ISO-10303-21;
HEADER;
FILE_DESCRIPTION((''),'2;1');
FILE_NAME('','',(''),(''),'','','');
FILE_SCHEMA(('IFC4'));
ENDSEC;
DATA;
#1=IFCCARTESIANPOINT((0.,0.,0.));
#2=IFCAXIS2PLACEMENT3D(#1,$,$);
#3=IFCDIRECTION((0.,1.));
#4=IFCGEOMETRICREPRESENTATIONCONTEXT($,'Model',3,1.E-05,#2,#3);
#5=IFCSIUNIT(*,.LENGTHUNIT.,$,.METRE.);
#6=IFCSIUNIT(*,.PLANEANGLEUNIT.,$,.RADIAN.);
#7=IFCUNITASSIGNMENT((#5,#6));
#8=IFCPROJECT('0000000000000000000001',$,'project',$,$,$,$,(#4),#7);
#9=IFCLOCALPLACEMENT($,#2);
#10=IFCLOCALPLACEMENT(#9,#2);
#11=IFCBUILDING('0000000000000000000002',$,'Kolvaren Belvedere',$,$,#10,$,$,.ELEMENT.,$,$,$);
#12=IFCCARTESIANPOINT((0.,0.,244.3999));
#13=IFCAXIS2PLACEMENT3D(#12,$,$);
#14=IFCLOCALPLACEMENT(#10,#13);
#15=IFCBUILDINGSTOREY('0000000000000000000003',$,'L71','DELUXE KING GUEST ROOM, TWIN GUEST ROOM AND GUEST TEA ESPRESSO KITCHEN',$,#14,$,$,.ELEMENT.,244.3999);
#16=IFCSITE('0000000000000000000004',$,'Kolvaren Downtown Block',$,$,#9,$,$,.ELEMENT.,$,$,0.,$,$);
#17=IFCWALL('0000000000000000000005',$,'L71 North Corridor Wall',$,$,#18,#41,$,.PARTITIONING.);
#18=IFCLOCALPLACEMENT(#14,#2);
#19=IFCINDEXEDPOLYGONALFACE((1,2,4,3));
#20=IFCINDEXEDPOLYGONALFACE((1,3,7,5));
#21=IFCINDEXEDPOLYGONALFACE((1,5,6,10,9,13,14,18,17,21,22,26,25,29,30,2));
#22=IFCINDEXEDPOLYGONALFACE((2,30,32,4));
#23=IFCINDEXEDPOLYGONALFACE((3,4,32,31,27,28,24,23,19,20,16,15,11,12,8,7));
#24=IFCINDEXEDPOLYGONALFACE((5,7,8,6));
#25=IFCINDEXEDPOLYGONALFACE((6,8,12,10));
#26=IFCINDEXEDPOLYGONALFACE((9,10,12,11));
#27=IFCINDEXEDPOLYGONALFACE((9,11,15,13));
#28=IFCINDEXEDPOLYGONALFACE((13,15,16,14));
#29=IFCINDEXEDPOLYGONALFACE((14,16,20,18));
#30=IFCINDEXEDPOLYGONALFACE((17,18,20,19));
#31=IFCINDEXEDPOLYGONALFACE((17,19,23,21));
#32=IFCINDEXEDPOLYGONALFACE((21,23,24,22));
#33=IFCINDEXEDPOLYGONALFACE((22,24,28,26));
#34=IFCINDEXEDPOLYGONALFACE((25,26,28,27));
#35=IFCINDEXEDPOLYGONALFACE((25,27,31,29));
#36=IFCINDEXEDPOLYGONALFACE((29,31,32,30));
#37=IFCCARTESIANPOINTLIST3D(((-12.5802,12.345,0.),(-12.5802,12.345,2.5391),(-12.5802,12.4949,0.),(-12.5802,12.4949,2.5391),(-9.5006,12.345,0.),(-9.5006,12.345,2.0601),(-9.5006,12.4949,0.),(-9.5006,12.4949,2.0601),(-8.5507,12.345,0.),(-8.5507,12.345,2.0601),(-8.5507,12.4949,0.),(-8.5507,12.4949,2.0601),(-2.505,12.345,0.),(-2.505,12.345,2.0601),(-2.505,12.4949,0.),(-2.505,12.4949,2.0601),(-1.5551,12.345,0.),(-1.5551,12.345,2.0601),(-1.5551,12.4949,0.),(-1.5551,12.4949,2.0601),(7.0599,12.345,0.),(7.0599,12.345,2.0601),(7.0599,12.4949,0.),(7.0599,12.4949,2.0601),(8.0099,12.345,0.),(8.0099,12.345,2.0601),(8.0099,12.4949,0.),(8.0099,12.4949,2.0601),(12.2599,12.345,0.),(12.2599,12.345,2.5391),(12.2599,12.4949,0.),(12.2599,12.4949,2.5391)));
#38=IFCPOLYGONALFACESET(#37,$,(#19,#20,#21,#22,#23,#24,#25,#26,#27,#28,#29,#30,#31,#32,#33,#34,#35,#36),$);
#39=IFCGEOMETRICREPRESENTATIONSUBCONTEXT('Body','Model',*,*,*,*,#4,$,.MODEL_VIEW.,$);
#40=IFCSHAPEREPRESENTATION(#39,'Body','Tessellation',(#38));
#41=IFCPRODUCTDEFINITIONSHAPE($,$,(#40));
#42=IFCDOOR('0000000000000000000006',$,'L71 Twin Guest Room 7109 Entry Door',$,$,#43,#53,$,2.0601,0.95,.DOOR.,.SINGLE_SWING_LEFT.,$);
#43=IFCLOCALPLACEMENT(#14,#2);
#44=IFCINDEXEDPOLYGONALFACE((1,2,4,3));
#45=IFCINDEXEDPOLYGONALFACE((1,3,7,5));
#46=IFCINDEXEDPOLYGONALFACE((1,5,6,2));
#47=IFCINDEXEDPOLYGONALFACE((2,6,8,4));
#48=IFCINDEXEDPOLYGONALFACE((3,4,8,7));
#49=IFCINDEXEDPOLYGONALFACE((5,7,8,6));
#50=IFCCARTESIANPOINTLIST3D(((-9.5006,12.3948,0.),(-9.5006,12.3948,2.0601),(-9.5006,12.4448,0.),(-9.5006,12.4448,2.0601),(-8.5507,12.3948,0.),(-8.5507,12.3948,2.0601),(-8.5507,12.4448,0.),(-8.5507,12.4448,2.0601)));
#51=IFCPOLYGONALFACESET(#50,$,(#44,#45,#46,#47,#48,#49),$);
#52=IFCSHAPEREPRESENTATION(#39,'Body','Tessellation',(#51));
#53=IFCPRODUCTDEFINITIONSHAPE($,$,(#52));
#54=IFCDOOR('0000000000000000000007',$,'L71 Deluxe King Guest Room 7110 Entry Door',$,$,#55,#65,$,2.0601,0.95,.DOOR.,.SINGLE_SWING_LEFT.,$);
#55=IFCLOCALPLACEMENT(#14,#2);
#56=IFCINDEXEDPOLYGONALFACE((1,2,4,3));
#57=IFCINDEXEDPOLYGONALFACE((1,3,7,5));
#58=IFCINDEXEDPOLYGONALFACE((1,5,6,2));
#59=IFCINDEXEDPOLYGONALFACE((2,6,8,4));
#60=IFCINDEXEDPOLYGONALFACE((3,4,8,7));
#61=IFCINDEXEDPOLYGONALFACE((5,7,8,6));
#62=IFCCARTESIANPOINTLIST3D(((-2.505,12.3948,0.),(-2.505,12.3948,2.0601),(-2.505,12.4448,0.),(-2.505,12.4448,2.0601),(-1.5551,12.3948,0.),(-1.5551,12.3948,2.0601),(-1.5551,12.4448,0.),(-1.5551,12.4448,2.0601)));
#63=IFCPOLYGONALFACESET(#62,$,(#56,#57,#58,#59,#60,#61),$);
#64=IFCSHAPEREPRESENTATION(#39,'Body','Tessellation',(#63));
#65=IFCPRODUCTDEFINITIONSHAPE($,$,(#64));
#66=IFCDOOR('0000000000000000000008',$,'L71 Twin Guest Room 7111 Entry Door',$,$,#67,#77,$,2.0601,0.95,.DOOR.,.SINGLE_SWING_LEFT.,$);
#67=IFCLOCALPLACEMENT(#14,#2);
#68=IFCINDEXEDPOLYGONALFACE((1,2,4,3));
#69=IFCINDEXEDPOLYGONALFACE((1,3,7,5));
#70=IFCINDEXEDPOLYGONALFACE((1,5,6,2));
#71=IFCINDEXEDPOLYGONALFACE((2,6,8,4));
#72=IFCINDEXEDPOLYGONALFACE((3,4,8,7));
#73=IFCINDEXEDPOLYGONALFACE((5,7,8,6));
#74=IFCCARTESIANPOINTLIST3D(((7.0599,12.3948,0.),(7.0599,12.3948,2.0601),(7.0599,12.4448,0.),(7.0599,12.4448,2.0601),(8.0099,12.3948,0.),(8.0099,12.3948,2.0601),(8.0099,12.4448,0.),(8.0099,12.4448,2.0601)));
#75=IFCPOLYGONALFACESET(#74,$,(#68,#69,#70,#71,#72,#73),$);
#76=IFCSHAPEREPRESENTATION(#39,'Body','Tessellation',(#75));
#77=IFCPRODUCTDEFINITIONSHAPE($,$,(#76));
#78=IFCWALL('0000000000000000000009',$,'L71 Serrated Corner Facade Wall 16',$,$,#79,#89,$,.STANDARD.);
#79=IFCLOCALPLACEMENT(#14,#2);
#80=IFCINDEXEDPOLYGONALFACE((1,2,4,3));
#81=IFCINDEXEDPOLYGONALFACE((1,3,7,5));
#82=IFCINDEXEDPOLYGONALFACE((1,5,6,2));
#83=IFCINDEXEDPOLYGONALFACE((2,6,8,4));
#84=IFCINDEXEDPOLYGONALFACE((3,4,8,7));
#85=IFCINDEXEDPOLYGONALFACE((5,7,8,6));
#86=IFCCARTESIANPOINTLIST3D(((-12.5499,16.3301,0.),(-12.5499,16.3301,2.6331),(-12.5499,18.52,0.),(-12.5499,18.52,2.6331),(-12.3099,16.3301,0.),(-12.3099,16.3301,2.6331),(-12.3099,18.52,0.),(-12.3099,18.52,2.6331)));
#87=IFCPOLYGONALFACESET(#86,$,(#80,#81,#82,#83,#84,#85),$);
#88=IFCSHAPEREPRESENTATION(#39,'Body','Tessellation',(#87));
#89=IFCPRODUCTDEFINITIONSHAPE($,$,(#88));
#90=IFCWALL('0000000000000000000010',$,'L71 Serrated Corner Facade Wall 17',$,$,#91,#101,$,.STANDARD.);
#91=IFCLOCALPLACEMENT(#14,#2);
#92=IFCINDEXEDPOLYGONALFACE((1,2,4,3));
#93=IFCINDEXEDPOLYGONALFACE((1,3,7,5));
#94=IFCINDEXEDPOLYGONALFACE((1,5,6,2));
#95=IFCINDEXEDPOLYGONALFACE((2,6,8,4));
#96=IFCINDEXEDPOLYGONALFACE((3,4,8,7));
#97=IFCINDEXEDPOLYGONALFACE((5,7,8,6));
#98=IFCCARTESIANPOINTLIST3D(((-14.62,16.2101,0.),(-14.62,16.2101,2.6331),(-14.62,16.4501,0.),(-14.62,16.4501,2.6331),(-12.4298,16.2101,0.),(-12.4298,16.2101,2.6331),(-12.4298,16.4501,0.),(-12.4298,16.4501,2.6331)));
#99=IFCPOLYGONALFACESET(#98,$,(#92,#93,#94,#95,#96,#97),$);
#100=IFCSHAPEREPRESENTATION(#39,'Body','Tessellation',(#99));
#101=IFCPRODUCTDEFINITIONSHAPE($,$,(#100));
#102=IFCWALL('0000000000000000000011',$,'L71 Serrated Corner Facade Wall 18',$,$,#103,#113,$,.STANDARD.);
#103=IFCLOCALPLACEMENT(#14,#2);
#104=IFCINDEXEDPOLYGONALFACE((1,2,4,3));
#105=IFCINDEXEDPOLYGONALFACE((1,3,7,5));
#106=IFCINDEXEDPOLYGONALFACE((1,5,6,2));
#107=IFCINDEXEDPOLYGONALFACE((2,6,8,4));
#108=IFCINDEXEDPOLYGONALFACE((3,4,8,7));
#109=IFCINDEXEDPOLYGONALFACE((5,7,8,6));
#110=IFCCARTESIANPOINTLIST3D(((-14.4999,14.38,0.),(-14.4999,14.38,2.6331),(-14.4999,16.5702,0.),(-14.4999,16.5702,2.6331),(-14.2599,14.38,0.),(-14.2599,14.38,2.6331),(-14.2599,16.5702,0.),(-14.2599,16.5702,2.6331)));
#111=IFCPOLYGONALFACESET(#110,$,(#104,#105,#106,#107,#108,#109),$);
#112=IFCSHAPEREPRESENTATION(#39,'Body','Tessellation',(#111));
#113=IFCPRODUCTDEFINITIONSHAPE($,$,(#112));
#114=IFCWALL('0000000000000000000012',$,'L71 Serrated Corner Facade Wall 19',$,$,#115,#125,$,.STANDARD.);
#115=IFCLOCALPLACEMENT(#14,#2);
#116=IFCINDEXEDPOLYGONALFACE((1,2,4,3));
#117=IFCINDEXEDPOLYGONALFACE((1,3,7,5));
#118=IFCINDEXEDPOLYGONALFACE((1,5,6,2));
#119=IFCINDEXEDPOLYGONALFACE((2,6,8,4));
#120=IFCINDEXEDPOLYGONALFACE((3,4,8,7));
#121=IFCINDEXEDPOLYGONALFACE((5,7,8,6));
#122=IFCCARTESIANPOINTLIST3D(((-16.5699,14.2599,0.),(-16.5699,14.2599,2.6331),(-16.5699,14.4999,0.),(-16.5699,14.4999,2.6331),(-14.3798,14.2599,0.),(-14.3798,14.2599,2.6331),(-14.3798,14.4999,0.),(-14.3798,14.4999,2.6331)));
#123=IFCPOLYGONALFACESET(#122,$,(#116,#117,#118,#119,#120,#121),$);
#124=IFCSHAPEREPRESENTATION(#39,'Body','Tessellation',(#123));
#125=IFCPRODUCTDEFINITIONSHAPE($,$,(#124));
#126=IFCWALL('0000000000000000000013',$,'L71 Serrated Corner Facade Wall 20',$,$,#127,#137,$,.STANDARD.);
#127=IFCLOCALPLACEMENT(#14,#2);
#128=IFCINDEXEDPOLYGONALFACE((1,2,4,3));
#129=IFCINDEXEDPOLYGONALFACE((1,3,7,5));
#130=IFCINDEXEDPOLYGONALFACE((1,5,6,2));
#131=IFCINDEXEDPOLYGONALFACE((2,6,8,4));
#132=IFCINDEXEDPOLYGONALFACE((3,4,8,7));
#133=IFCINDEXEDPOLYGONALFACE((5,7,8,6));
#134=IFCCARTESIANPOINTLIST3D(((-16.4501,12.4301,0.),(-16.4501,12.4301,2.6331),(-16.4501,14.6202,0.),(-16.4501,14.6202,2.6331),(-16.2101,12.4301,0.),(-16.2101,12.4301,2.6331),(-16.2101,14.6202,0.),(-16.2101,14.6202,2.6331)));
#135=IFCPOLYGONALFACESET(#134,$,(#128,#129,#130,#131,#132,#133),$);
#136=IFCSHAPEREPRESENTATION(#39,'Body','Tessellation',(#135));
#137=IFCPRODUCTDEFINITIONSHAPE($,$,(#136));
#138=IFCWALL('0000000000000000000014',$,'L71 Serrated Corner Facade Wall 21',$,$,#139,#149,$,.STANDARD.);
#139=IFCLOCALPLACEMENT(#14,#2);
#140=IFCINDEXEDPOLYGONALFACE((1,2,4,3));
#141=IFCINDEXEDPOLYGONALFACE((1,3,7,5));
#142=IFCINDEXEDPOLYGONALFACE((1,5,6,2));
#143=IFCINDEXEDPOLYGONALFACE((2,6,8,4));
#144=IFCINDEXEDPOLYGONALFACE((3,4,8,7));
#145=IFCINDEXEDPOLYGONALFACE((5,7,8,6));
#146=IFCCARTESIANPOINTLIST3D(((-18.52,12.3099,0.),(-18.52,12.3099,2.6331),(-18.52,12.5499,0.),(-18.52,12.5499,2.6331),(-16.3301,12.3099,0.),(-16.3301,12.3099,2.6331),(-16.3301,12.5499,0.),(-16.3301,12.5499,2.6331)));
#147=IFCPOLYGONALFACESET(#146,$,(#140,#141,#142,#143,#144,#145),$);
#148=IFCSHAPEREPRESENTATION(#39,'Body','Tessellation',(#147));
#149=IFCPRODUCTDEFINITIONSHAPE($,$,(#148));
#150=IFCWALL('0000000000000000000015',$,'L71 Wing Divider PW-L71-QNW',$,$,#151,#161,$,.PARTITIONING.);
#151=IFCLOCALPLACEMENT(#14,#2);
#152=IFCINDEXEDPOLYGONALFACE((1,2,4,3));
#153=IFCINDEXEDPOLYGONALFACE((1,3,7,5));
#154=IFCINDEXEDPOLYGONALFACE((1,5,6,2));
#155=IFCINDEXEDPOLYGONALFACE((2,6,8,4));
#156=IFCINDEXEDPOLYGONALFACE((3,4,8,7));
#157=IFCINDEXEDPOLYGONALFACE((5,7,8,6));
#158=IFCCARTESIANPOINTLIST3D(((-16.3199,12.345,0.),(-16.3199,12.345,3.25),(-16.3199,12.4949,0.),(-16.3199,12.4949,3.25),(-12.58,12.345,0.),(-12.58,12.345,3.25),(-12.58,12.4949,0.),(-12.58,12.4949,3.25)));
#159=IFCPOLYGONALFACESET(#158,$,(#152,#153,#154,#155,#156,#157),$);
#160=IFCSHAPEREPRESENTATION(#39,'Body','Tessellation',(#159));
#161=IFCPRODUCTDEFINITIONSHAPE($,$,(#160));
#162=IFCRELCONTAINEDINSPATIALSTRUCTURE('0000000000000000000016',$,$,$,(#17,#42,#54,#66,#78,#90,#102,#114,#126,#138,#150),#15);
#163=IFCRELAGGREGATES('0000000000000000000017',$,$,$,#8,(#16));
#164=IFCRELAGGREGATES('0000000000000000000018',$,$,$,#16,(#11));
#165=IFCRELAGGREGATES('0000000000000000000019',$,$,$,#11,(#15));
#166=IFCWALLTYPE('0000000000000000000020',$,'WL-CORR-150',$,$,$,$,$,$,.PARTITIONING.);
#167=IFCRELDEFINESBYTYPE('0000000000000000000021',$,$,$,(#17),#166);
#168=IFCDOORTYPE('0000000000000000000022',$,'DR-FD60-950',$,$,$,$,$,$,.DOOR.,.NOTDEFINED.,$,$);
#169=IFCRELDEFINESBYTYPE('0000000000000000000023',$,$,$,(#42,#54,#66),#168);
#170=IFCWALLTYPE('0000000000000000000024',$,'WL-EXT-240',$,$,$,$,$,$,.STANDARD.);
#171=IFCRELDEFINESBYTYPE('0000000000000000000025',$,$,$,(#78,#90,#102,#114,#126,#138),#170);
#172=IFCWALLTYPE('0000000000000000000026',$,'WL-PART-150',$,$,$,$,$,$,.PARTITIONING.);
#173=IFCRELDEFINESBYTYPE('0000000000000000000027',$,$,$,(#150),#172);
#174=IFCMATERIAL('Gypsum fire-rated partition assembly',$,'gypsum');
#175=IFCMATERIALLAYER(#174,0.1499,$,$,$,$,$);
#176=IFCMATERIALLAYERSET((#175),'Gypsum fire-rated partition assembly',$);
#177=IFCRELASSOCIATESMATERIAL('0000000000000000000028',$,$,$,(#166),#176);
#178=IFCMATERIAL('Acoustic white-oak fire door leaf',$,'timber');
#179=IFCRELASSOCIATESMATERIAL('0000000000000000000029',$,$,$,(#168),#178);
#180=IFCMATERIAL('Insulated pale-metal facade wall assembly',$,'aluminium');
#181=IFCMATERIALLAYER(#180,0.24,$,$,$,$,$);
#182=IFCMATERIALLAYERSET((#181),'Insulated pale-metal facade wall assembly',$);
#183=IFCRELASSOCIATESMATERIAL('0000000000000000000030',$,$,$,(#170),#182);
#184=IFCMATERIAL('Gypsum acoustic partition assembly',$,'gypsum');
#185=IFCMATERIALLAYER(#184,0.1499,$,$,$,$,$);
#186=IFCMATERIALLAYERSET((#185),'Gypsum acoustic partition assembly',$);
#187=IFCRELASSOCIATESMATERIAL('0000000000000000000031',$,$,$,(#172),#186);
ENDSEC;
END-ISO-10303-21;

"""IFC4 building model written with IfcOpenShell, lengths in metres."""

from ifc_helpers import new_model, si_unit, direction, frame, frame_2d, origin, place, context, subcontext, project, spatial, rectangle, extrude, material, layer, layer_set, type_object, element, fill, save


model = new_model("IFC4")

# Units and contexts
model_context = context("Model", 3, precision=1e-05, world=origin(), true_north=direction((0.0, 1.0)))
body_context = subcontext(model_context, "Body", "Model", "MODEL_VIEW")
ifc_project = project(units=[si_unit("LENGTHUNIT", "METRE"), si_unit("PLANEANGLEUNIT", "RADIAN")], contexts=[model_context])

# Site, building, storey
site_placement = place(None, origin())
site = spatial("IfcSite", under=ifc_project, at=site_placement, Name="Kolvaren Downtown Block", CompositionType="ELEMENT", RefElevation=0.0)
building_placement = place(site_placement, origin())
building = spatial("IfcBuilding", under=site, at=building_placement, Name="Kolvaren Belvedere", CompositionType="ELEMENT")
storey_placement = place(building_placement, frame((0.0, 0.0, 244.3999)))
storey = spatial("IfcBuildingStorey", under=building, at=storey_placement, Name="L71", Description="DELUXE KING GUEST ROOM, TWIN GUEST ROOM AND GUEST TEA ESPRESSO KITCHEN", CompositionType="ELEMENT", Elevation=244.3999)

# Wall, openings, doors
ifc_material_1 = material(Name="Gypsum fire-rated partition assembly", Category="gypsum")
ifc_layer_1 = layer(ifc_material_1, 0.1499)
ifc_layer_set_1 = layer_set([ifc_layer_1], Name="Gypsum fire-rated partition assembly")
wall_type_1 = type_object("IfcWallType", Name="WL-CORR-150", PredefinedType="PARTITIONING", material=ifc_layer_set_1)
wall_1_placement = place(storey_placement, frame((-12.5801, 12.4199, 0.0), z_axis=(0.0, 0.0, 1.0), x_axis=(1.0, 0.0, 0.0)))
wall_1 = element("IfcWall", 1, at=wall_1_placement, inside=storey, type_object=wall_type_1, Name="L71 North Corridor Wall", PredefinedType="PARTITIONING", context=body_context, shape_type="SweptSolid", body=[
    extrude(rectangle(XDim=24.8401, YDim=0.1499, at=frame_2d((12.4199, 0.0))), origin(), (0.0, 0.0, 1.0), 2.5391),
])
opening_1_placement = place(wall_1_placement, frame((3.0793, 0.0, 0.0)))
opening_1 = element("IfcOpeningElement", 2, at=opening_1_placement, cuts=wall_1, PredefinedType="OPENING", context=body_context, shape_type="SweptSolid", body=[
    extrude(rectangle(XDim=0.95, YDim=2.0601, at=frame_2d((0.4751, 1.03))), frame((0.0, 0.085, 0.0), z_axis=(0.0, -1.0, 0.0), x_axis=(1.0, 0.0, 0.0)), (0.0, 0.0, 1.0), 0.1699),
])
opening_2_placement = place(wall_1_placement, frame((10.075, 0.0, 0.0)))
opening_2 = element("IfcOpeningElement", 3, at=opening_2_placement, cuts=wall_1, PredefinedType="OPENING", context=body_context, shape_type="SweptSolid", body=[
    extrude(rectangle(XDim=0.95, YDim=2.0601, at=frame_2d((0.4751, 1.03))), frame((0.0, 0.085, 0.0), z_axis=(0.0, -1.0, 0.0), x_axis=(1.0, 0.0, 0.0)), (0.0, 0.0, 1.0), 0.1699),
])
opening_3_placement = place(wall_1_placement, frame((19.6399, 0.0, 0.0)))
opening_3 = element("IfcOpeningElement", 4, at=opening_3_placement, cuts=wall_1, PredefinedType="OPENING", context=body_context, shape_type="SweptSolid", body=[
    extrude(rectangle(XDim=0.95, YDim=2.0601, at=frame_2d((0.4751, 1.03))), frame((0.0, 0.085, 0.0), z_axis=(0.0, -1.0, 0.0), x_axis=(1.0, 0.0, 0.0)), (0.0, 0.0, 1.0), 0.1699),
])
ifc_material_2 = material(Name="Acoustic white-oak fire door leaf", Category="timber")
door_type_1 = type_object("IfcDoorType", Name="DR-FD60-950", OperationType="NOTDEFINED", PredefinedType="DOOR", material=ifc_material_2)
door_1_placement = place(opening_1_placement, origin())
door_1 = element("IfcDoor", 5, at=door_1_placement, inside=storey, type_object=door_type_1, Name="L71 Twin Guest Room 7109 Entry Door", OperationType="SINGLE_SWING_LEFT", OverallHeight=2.0601, OverallWidth=0.95, PredefinedType="DOOR", context=body_context, shape_type="SweptSolid", body=[
    extrude(rectangle(XDim=0.95, YDim=2.0601, at=frame_2d((0.4751, 1.03))), frame((0.0, 0.0249, 0.0), z_axis=(0.0, -1.0, 0.0), x_axis=(1.0, 0.0, 0.0)), (0.0, 0.0, 1.0), 0.05),
])
fill(opening_1, door_1)
door_2_placement = place(opening_2_placement, origin())
door_2 = element("IfcDoor", 6, at=door_2_placement, inside=storey, type_object=door_type_1, Name="L71 Deluxe King Guest Room 7110 Entry Door", OperationType="SINGLE_SWING_LEFT", OverallHeight=2.0601, OverallWidth=0.95, PredefinedType="DOOR", context=body_context, shape_type="SweptSolid", body=[
    extrude(rectangle(XDim=0.95, YDim=2.0601, at=frame_2d((0.4751, 1.03))), frame((0.0, 0.0249, 0.0), z_axis=(0.0, -1.0, 0.0), x_axis=(1.0, 0.0, 0.0)), (0.0, 0.0, 1.0), 0.05),
])
fill(opening_2, door_2)
door_3_placement = place(opening_3_placement, origin())
door_3 = element("IfcDoor", 7, at=door_3_placement, inside=storey, type_object=door_type_1, Name="L71 Twin Guest Room 7111 Entry Door", OperationType="SINGLE_SWING_LEFT", OverallHeight=2.0601, OverallWidth=0.95, PredefinedType="DOOR", context=body_context, shape_type="SweptSolid", body=[
    extrude(rectangle(XDim=0.95, YDim=2.0601, at=frame_2d((0.4751, 1.03))), frame((0.0, 0.0249, 0.0), z_axis=(0.0, -1.0, 0.0), x_axis=(1.0, 0.0, 0.0)), (0.0, 0.0, 1.0), 0.05),
])
fill(opening_3, door_3)

# Walls
ifc_material_3 = material(Name="Insulated pale-metal facade wall assembly", Category="aluminium")
ifc_layer_2 = layer(ifc_material_3, 0.24)
ifc_layer_set_2 = layer_set([ifc_layer_2], Name="Insulated pale-metal facade wall assembly")
wall_type_2 = type_object("IfcWallType", Name="WL-EXT-240", PredefinedType="STANDARD", material=ifc_layer_set_2)
wall_2_placement = place(storey_placement, frame((-12.4299, 16.3301, 0.0), z_axis=(0.0, 0.0, 1.0), x_axis=(0.0, 1.0, 0.0)))
element("IfcWall", 8, at=wall_2_placement, inside=storey, type_object=wall_type_2, Name="L71 Serrated Corner Facade Wall 16", PredefinedType="STANDARD", context=body_context, shape_type="SweptSolid", body=[
    extrude(rectangle(XDim=2.1899, YDim=0.24, at=frame_2d((1.095, 0.0))), origin(), (0.0, 0.0, 1.0), 2.6331),
])
for number, where, z_axis, x_axis, name in (
    (9, (-14.6201, 16.3301, 0.0), (0.0, 0.0, 1.0), (1.0, 0.0, 0.0), "L71 Serrated Corner Facade Wall 17"),
    (10, (-14.3799, 14.3799, 0.0), (0.0, 0.0, 1.0), (0.0, 1.0, 0.0), "L71 Serrated Corner Facade Wall 18"),
    (11, (-16.5701, 14.3799, 0.0), (0.0, 0.0, 1.0), (1.0, 0.0, 0.0), "L71 Serrated Corner Facade Wall 19"),
    (12, (-16.3301, 12.4299, 0.0), (0.0, 0.0, 1.0), (0.0, 1.0, 0.0), "L71 Serrated Corner Facade Wall 20"),
):
    element("IfcWall", number, at=place(storey_placement, frame(where, z_axis=z_axis, x_axis=x_axis)), inside=storey, type_object=wall_type_2, Name=name, PredefinedType="STANDARD", context=body_context, shape_type="SweptSolid", body=[
        extrude(rectangle(XDim=2.1902, YDim=0.24, at=frame_2d((1.0952, 0.0))), origin(), (0.0, 0.0, 1.0), 2.6331),
    ])
wall_3_placement = place(storey_placement, frame((-18.52, 12.4299, 0.0), z_axis=(0.0, 0.0, 1.0), x_axis=(1.0, 0.0, 0.0)))
element("IfcWall", 13, at=wall_3_placement, inside=storey, type_object=wall_type_2, Name="L71 Serrated Corner Facade Wall 21", PredefinedType="STANDARD", context=body_context, shape_type="SweptSolid", body=[
    extrude(rectangle(XDim=2.1899, YDim=0.24, at=frame_2d((1.095, 0.0))), origin(), (0.0, 0.0, 1.0), 2.6331),
])
ifc_material_4 = material(Name="Gypsum acoustic partition assembly", Category="gypsum")
ifc_layer_3 = layer(ifc_material_4, 0.1499)
ifc_layer_set_3 = layer_set([ifc_layer_3], Name="Gypsum acoustic partition assembly")
wall_type_3 = type_object("IfcWallType", Name="WL-PART-150", PredefinedType="PARTITIONING", material=ifc_layer_set_3)
wall_4_placement = place(storey_placement, frame((-16.3201, 12.4199, 0.0), z_axis=(0.0, 0.0, 1.0), x_axis=(1.0, 0.0, 0.0)))
element("IfcWall", 14, at=wall_4_placement, inside=storey, type_object=wall_type_3, Name="L71 Wing Divider PW-L71-QNW", PredefinedType="PARTITIONING", context=body_context, shape_type="SweptSolid", body=[
    extrude(rectangle(XDim=3.74, YDim=0.1499, at=frame_2d((1.8701, 0.0))), origin(), (0.0, 0.0, 1.0), 3.25),
])

save(model, "model.ifc")
